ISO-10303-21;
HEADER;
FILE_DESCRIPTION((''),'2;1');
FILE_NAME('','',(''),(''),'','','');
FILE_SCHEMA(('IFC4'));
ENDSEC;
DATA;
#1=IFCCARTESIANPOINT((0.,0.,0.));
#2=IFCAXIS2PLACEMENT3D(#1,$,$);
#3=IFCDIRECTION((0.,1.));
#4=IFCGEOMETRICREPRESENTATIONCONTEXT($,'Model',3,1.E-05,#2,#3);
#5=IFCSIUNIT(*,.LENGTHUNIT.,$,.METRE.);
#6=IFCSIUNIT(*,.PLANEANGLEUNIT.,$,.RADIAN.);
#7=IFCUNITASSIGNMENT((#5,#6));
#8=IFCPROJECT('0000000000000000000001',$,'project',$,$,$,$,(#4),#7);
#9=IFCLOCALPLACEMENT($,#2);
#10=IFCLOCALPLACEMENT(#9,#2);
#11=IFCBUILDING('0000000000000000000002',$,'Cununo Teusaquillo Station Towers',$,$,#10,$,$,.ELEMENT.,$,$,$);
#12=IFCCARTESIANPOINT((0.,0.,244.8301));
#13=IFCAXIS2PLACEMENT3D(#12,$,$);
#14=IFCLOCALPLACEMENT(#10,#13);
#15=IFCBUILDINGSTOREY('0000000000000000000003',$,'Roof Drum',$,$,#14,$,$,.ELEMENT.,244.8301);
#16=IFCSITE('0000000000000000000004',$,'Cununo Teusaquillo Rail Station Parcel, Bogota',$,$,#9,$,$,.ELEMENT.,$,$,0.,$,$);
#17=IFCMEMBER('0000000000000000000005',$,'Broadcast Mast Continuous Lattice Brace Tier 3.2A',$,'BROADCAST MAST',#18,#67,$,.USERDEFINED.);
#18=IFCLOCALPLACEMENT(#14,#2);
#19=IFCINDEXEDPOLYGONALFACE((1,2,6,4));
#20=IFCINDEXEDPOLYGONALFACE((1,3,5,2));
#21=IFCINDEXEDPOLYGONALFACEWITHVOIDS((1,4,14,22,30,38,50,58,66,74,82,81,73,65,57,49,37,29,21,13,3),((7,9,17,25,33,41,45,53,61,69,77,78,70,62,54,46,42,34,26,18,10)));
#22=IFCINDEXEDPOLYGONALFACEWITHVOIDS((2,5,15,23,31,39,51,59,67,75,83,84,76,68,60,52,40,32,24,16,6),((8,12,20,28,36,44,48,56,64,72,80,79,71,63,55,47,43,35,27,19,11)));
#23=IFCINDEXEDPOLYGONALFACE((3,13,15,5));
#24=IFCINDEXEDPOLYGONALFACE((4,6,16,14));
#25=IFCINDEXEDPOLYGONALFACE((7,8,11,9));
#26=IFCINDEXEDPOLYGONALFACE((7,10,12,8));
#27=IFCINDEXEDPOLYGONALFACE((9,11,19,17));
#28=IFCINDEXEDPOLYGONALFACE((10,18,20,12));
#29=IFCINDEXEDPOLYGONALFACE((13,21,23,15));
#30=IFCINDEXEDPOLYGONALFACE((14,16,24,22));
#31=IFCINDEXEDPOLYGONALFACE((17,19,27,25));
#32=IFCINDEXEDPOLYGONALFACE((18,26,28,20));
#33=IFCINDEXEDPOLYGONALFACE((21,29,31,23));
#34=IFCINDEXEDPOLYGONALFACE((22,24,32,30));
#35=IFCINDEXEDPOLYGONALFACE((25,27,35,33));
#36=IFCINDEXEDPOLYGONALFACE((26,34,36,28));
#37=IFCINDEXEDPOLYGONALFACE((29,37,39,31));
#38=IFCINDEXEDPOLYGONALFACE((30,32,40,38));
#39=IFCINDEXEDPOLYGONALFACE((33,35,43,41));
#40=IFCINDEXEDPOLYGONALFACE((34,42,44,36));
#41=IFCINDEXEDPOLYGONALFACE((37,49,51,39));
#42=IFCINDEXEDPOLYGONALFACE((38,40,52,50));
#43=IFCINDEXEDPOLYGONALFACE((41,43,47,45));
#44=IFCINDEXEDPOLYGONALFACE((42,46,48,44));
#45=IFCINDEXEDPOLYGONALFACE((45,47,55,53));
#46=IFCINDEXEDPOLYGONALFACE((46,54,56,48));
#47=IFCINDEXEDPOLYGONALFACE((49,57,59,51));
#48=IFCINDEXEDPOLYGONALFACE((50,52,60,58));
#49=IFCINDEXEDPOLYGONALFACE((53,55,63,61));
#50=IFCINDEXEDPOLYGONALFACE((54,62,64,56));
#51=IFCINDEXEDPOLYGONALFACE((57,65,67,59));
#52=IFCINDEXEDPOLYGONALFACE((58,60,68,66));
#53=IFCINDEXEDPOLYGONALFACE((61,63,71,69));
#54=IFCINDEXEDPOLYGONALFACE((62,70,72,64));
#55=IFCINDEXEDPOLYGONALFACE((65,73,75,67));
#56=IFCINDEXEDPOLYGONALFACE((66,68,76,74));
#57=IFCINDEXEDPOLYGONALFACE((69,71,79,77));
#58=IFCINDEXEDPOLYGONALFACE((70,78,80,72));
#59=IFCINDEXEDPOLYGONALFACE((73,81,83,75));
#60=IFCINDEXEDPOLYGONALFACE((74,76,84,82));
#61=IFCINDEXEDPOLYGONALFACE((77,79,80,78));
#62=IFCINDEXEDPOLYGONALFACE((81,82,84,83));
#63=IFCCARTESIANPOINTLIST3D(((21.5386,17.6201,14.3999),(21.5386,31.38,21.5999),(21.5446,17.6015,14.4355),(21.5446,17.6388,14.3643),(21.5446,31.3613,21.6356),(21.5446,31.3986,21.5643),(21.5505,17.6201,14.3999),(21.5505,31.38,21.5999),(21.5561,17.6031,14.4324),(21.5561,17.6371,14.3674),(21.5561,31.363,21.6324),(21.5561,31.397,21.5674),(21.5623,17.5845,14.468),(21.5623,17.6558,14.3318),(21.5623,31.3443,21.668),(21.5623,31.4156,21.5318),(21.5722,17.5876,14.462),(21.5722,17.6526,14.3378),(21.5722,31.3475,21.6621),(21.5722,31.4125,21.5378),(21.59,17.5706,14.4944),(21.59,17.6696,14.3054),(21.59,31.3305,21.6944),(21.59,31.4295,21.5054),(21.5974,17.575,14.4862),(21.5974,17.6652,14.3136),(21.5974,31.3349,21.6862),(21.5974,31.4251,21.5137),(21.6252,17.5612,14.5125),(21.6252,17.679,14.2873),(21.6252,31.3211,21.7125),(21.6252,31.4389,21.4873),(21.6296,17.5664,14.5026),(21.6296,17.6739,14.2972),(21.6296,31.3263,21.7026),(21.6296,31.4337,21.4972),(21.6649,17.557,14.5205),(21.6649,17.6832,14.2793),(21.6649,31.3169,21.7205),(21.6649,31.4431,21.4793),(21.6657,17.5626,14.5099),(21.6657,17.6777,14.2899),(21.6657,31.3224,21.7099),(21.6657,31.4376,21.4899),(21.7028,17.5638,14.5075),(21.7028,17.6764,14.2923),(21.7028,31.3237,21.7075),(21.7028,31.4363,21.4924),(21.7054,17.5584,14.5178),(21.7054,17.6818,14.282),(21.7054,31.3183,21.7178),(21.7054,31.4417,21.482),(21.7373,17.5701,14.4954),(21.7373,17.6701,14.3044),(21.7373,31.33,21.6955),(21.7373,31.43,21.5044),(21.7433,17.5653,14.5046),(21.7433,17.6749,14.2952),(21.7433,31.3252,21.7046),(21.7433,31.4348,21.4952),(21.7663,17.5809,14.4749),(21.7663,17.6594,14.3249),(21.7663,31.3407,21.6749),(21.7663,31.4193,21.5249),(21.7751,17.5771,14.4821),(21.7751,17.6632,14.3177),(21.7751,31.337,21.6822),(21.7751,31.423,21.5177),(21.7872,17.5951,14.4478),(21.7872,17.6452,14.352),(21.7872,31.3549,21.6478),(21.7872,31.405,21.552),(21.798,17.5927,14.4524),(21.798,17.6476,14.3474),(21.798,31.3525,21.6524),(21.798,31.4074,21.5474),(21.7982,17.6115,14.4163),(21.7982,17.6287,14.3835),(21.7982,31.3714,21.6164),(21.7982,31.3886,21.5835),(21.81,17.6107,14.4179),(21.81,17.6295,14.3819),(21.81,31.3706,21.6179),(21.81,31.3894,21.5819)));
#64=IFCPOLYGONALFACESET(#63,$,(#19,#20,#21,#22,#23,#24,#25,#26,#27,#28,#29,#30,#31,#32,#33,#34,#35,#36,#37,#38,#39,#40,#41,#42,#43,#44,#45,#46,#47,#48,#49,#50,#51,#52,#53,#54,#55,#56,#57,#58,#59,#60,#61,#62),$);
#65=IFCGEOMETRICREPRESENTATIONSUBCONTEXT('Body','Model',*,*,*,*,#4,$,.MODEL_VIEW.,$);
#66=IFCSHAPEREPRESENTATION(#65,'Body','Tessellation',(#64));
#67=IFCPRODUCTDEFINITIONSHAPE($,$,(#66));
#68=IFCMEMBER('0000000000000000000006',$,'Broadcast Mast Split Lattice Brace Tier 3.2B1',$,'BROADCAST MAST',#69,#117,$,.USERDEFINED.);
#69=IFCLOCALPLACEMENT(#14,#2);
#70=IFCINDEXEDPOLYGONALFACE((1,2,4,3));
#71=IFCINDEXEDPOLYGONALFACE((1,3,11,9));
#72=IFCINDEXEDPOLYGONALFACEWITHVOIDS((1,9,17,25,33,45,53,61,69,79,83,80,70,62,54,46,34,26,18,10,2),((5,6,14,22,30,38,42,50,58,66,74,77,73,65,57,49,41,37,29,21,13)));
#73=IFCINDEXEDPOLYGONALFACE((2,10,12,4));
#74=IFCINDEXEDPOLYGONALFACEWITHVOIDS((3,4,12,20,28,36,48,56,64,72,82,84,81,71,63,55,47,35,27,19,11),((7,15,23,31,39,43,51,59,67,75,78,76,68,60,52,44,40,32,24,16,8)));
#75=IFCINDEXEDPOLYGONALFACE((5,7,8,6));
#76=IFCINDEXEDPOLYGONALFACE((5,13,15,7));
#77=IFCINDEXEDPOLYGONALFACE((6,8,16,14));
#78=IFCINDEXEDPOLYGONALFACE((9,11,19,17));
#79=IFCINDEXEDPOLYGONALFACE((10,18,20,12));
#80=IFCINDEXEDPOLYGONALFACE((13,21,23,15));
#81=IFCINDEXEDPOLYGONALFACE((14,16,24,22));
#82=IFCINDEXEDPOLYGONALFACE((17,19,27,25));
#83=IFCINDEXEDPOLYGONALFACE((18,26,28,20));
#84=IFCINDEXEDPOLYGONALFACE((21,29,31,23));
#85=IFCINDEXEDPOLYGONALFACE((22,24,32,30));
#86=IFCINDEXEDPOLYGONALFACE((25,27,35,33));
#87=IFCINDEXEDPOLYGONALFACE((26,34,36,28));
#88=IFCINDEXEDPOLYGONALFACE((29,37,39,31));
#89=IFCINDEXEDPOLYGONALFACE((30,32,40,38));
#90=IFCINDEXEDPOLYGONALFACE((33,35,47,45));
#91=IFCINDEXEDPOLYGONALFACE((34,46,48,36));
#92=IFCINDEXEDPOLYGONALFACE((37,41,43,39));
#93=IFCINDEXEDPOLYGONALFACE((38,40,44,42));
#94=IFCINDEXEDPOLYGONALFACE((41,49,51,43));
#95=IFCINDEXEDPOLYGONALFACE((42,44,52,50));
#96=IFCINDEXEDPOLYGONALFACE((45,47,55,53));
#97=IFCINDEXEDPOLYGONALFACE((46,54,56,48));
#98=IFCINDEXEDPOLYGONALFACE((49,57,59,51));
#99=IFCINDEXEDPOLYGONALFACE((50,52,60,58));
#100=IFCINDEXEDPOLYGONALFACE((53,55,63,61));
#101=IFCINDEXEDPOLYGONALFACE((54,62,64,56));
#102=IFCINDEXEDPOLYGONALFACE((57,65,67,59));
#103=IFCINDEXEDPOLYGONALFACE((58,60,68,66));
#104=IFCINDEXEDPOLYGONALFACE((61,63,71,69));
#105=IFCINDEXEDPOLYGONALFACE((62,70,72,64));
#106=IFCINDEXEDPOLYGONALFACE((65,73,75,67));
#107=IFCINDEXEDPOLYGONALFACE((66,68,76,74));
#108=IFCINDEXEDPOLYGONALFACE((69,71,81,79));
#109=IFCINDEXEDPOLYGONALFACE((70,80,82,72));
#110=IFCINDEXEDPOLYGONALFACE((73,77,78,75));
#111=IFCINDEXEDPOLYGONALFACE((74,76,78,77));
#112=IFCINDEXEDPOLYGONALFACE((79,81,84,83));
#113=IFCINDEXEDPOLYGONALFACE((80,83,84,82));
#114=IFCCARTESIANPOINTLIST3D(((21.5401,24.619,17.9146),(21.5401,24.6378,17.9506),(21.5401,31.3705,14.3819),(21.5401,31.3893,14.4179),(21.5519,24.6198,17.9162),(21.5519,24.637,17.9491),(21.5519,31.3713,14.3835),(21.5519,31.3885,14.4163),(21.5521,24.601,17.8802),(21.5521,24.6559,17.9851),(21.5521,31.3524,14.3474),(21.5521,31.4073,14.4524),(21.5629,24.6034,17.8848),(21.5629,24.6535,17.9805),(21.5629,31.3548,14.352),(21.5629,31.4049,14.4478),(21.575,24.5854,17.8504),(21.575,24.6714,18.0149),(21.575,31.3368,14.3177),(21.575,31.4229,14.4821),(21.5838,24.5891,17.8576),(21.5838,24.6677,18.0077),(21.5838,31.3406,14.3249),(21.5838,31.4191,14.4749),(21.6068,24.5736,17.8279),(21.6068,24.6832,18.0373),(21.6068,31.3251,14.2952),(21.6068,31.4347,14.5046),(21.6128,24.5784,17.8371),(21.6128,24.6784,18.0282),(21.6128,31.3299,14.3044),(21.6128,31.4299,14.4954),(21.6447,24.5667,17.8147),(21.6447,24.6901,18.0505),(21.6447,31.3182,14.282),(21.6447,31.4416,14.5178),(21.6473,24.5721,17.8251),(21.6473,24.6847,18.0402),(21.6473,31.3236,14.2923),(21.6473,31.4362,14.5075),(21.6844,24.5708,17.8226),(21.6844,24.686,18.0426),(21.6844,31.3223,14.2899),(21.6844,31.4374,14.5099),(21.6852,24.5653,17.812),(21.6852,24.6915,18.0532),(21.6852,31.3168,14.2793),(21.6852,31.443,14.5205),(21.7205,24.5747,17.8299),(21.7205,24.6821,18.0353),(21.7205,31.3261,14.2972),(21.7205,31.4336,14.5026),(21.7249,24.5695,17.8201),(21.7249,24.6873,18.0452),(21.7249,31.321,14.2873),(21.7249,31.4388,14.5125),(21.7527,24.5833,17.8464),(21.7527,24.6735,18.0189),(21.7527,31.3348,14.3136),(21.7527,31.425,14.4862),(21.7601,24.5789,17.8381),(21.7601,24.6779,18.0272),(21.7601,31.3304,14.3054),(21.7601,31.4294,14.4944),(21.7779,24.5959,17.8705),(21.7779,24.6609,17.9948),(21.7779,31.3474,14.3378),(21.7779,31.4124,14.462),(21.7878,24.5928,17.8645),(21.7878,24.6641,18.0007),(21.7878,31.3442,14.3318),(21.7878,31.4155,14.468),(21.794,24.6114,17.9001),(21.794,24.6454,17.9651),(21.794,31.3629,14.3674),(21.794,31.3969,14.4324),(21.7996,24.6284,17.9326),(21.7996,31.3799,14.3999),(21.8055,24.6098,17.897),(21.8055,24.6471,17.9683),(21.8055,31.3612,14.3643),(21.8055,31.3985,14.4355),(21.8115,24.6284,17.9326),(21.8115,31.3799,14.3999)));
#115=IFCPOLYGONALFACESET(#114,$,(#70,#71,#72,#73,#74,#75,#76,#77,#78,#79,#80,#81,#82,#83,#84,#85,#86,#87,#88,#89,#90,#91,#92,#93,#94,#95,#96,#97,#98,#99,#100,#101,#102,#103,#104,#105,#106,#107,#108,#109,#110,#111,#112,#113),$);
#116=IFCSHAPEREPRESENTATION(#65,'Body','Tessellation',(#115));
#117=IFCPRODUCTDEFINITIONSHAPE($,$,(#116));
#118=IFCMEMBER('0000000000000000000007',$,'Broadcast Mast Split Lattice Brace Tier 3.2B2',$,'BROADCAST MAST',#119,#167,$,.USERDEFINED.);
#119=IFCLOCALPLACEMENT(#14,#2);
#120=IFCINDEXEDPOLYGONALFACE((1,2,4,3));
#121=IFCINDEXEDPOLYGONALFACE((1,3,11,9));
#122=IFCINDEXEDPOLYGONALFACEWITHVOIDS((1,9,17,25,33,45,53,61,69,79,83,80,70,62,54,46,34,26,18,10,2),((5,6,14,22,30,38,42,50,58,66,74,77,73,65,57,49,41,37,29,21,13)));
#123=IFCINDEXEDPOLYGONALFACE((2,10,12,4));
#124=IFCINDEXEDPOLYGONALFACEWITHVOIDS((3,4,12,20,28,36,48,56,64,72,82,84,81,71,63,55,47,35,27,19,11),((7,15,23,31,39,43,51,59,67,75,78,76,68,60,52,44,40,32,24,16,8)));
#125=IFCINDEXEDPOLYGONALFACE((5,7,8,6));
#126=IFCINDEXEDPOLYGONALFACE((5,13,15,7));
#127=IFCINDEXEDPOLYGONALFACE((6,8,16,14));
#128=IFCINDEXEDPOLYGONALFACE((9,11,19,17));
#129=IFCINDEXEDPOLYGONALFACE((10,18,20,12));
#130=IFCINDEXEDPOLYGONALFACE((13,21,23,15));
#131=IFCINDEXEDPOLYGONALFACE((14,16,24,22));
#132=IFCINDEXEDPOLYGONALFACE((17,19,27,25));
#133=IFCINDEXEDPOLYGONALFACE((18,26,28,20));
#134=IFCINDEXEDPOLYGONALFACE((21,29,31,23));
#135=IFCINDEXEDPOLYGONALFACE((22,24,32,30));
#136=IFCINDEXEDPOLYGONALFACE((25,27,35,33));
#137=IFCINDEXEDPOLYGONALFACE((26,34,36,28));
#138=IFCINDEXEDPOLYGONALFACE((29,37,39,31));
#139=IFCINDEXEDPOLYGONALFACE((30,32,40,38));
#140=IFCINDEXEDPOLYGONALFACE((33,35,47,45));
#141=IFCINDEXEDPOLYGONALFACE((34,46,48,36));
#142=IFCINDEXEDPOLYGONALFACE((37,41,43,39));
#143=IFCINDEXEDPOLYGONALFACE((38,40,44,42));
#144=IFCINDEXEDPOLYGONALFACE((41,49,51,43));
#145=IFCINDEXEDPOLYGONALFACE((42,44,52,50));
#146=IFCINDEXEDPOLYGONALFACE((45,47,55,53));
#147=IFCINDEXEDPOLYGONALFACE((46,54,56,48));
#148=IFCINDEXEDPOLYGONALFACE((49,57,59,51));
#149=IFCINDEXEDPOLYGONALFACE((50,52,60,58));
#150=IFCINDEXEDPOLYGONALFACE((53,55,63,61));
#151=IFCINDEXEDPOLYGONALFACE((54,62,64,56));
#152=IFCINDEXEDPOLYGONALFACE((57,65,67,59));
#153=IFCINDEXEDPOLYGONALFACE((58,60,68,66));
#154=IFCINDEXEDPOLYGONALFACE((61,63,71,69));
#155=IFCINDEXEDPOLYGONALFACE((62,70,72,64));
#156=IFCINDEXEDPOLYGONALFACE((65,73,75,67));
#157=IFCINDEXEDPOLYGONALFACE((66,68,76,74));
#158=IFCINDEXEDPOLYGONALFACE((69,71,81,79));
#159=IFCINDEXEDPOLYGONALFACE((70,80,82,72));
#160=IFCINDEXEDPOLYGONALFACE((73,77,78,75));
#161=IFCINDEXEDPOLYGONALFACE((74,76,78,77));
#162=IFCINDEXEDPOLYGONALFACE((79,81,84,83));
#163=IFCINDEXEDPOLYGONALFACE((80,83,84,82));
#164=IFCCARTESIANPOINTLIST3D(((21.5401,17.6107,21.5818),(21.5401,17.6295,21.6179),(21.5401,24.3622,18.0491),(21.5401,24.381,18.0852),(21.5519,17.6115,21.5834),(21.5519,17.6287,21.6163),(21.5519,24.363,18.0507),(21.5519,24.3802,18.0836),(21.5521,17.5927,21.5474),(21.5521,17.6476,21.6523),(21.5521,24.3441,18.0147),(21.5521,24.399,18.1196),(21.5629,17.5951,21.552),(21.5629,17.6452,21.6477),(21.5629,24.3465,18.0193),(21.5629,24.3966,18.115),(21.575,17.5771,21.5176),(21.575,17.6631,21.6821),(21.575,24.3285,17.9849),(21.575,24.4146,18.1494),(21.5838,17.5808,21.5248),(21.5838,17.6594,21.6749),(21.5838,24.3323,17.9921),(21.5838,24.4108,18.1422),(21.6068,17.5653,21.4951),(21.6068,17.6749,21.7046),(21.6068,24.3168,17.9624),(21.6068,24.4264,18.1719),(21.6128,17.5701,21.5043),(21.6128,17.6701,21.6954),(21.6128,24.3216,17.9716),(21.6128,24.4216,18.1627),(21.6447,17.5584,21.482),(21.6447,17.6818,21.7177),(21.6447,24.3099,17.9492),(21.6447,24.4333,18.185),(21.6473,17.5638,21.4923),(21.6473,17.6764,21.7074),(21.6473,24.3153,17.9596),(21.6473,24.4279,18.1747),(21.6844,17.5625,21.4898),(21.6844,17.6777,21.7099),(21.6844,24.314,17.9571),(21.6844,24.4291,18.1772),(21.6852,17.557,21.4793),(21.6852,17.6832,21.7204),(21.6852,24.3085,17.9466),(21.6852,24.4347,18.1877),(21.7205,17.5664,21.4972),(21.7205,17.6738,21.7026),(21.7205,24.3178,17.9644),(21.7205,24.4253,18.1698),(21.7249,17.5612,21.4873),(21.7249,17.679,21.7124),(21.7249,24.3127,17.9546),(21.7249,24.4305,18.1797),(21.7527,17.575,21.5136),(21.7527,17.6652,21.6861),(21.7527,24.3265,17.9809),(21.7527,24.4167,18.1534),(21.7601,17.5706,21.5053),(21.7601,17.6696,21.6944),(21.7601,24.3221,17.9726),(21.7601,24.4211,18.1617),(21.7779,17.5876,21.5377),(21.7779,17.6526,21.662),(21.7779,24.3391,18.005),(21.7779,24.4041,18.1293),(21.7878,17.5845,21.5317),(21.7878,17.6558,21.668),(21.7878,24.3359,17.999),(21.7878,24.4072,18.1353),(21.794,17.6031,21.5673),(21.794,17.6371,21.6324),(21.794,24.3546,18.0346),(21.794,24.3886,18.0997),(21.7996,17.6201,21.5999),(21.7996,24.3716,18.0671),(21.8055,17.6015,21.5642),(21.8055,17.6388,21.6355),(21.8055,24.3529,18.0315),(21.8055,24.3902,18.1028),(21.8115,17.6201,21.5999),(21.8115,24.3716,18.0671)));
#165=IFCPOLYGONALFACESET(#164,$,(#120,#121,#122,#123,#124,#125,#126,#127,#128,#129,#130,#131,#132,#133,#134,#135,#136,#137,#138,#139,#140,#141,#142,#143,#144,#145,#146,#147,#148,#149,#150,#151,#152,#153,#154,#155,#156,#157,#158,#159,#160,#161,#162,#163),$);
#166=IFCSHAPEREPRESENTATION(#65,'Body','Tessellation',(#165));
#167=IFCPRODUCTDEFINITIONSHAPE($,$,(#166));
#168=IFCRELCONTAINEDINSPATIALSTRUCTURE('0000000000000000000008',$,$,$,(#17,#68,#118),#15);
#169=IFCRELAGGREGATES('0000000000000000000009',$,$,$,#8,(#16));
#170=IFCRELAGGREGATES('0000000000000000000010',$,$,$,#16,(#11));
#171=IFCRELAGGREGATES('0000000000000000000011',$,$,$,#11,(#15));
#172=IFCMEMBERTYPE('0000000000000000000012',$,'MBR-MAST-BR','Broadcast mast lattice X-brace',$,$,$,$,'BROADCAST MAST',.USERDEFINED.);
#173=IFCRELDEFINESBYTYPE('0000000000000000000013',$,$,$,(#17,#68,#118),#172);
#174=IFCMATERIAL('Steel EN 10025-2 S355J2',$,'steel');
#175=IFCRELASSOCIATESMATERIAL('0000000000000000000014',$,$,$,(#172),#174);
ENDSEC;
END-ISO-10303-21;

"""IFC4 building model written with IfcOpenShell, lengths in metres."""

from ifc_helpers import new_model, si_unit, direction, frame, origin, origin_2d, place, context, subcontext, project, spatial, hollow_circle, extrude, material, material_profile, profile_set, type_object, element, save


model = new_model("IFC4")

# Units and contexts
model_context = context("Model", 3, precision=1e-05, world=origin(), true_north=direction((0.0, 1.0)))
body_context = subcontext(model_context, "Body", "Model", "MODEL_VIEW")
ifc_project = project(units=[si_unit("LENGTHUNIT", "METRE"), si_unit("PLANEANGLEUNIT", "RADIAN")], contexts=[model_context])

# Site, building, storey
site_placement = place(None, origin())
site = spatial("IfcSite", under=ifc_project, at=site_placement, Name="Cununo Teusaquillo Rail Station Parcel, Bogota", CompositionType="ELEMENT", RefElevation=0.0)
building_placement = place(site_placement, origin())
building = spatial("IfcBuilding", under=site, at=building_placement, Name="Cununo Teusaquillo Station Towers", CompositionType="ELEMENT")
storey_placement = place(building_placement, frame((0.0, 0.0, 244.8301)))
storey = spatial("IfcBuildingStorey", under=building, at=storey_placement, Name="Roof Drum", CompositionType="ELEMENT", Elevation=244.8301)

# Members
ifc_material_1 = material(Name="Steel EN 10025-2 S355J2", Category="steel")
ifc_material_profile_1 = material_profile(ifc_material_1, hollow_circle(Radius=0.1365, WallThickness=0.012, at=origin_2d()), Name="CHS 273x12")
ifc_profile_set_1 = profile_set([ifc_material_profile_1], Name="Steel EN 10025-2 S355J2")
member_type = type_object("IfcMemberType", Name="MBR-MAST-BR", Description="Broadcast mast lattice X-brace", ElementType="BROADCAST MAST", PredefinedType="USERDEFINED", material=ifc_profile_set_1)
member_1_placement = place(storey_placement, frame((21.675, 17.6201, 14.3999), z_axis=(0.0, 0.886031, 0.463626), x_axis=(-1.0, 0.0, 0.0)))
element("IfcMember", 1, at=member_1_placement, inside=storey, type_object=member_type, Name="Broadcast Mast Continuous Lattice Brace Tier 3.2A", ObjectType="BROADCAST MAST", PredefinedType="USERDEFINED", context=body_context, shape_type="SweptSolid", body=[
    extrude(hollow_circle(Radius=0.1365, WallThickness=0.012, at=origin_2d()), origin(), (0.0, 0.0, 1.0), 15.5298),
])
for number, where, z_axis, x_axis, name in (
    (2, (21.675, 31.3799, 14.3999), (0.0, -0.886035, 0.463619), (1.0, 0.0, 0.0), "Broadcast Mast Split Lattice Brace Tier 3.2B1"),
    (3, (21.675, 24.3716, 18.0671), (0.0, -0.886035, 0.463619), (1.0, 0.0, 0.0), "Broadcast Mast Split Lattice Brace Tier 3.2B2"),
):
    element("IfcMember", number, at=place(storey_placement, frame(where, z_axis=z_axis, x_axis=x_axis)), inside=storey, type_object=member_type, Name=name, ObjectType="BROADCAST MAST", PredefinedType="USERDEFINED", context=body_context, shape_type="SweptSolid", body=[
        extrude(hollow_circle(Radius=0.1365, WallThickness=0.012, at=origin_2d()), origin(), (0.0, 0.0, 1.0), 7.6199),
    ])

save(model, "model.ifc")
